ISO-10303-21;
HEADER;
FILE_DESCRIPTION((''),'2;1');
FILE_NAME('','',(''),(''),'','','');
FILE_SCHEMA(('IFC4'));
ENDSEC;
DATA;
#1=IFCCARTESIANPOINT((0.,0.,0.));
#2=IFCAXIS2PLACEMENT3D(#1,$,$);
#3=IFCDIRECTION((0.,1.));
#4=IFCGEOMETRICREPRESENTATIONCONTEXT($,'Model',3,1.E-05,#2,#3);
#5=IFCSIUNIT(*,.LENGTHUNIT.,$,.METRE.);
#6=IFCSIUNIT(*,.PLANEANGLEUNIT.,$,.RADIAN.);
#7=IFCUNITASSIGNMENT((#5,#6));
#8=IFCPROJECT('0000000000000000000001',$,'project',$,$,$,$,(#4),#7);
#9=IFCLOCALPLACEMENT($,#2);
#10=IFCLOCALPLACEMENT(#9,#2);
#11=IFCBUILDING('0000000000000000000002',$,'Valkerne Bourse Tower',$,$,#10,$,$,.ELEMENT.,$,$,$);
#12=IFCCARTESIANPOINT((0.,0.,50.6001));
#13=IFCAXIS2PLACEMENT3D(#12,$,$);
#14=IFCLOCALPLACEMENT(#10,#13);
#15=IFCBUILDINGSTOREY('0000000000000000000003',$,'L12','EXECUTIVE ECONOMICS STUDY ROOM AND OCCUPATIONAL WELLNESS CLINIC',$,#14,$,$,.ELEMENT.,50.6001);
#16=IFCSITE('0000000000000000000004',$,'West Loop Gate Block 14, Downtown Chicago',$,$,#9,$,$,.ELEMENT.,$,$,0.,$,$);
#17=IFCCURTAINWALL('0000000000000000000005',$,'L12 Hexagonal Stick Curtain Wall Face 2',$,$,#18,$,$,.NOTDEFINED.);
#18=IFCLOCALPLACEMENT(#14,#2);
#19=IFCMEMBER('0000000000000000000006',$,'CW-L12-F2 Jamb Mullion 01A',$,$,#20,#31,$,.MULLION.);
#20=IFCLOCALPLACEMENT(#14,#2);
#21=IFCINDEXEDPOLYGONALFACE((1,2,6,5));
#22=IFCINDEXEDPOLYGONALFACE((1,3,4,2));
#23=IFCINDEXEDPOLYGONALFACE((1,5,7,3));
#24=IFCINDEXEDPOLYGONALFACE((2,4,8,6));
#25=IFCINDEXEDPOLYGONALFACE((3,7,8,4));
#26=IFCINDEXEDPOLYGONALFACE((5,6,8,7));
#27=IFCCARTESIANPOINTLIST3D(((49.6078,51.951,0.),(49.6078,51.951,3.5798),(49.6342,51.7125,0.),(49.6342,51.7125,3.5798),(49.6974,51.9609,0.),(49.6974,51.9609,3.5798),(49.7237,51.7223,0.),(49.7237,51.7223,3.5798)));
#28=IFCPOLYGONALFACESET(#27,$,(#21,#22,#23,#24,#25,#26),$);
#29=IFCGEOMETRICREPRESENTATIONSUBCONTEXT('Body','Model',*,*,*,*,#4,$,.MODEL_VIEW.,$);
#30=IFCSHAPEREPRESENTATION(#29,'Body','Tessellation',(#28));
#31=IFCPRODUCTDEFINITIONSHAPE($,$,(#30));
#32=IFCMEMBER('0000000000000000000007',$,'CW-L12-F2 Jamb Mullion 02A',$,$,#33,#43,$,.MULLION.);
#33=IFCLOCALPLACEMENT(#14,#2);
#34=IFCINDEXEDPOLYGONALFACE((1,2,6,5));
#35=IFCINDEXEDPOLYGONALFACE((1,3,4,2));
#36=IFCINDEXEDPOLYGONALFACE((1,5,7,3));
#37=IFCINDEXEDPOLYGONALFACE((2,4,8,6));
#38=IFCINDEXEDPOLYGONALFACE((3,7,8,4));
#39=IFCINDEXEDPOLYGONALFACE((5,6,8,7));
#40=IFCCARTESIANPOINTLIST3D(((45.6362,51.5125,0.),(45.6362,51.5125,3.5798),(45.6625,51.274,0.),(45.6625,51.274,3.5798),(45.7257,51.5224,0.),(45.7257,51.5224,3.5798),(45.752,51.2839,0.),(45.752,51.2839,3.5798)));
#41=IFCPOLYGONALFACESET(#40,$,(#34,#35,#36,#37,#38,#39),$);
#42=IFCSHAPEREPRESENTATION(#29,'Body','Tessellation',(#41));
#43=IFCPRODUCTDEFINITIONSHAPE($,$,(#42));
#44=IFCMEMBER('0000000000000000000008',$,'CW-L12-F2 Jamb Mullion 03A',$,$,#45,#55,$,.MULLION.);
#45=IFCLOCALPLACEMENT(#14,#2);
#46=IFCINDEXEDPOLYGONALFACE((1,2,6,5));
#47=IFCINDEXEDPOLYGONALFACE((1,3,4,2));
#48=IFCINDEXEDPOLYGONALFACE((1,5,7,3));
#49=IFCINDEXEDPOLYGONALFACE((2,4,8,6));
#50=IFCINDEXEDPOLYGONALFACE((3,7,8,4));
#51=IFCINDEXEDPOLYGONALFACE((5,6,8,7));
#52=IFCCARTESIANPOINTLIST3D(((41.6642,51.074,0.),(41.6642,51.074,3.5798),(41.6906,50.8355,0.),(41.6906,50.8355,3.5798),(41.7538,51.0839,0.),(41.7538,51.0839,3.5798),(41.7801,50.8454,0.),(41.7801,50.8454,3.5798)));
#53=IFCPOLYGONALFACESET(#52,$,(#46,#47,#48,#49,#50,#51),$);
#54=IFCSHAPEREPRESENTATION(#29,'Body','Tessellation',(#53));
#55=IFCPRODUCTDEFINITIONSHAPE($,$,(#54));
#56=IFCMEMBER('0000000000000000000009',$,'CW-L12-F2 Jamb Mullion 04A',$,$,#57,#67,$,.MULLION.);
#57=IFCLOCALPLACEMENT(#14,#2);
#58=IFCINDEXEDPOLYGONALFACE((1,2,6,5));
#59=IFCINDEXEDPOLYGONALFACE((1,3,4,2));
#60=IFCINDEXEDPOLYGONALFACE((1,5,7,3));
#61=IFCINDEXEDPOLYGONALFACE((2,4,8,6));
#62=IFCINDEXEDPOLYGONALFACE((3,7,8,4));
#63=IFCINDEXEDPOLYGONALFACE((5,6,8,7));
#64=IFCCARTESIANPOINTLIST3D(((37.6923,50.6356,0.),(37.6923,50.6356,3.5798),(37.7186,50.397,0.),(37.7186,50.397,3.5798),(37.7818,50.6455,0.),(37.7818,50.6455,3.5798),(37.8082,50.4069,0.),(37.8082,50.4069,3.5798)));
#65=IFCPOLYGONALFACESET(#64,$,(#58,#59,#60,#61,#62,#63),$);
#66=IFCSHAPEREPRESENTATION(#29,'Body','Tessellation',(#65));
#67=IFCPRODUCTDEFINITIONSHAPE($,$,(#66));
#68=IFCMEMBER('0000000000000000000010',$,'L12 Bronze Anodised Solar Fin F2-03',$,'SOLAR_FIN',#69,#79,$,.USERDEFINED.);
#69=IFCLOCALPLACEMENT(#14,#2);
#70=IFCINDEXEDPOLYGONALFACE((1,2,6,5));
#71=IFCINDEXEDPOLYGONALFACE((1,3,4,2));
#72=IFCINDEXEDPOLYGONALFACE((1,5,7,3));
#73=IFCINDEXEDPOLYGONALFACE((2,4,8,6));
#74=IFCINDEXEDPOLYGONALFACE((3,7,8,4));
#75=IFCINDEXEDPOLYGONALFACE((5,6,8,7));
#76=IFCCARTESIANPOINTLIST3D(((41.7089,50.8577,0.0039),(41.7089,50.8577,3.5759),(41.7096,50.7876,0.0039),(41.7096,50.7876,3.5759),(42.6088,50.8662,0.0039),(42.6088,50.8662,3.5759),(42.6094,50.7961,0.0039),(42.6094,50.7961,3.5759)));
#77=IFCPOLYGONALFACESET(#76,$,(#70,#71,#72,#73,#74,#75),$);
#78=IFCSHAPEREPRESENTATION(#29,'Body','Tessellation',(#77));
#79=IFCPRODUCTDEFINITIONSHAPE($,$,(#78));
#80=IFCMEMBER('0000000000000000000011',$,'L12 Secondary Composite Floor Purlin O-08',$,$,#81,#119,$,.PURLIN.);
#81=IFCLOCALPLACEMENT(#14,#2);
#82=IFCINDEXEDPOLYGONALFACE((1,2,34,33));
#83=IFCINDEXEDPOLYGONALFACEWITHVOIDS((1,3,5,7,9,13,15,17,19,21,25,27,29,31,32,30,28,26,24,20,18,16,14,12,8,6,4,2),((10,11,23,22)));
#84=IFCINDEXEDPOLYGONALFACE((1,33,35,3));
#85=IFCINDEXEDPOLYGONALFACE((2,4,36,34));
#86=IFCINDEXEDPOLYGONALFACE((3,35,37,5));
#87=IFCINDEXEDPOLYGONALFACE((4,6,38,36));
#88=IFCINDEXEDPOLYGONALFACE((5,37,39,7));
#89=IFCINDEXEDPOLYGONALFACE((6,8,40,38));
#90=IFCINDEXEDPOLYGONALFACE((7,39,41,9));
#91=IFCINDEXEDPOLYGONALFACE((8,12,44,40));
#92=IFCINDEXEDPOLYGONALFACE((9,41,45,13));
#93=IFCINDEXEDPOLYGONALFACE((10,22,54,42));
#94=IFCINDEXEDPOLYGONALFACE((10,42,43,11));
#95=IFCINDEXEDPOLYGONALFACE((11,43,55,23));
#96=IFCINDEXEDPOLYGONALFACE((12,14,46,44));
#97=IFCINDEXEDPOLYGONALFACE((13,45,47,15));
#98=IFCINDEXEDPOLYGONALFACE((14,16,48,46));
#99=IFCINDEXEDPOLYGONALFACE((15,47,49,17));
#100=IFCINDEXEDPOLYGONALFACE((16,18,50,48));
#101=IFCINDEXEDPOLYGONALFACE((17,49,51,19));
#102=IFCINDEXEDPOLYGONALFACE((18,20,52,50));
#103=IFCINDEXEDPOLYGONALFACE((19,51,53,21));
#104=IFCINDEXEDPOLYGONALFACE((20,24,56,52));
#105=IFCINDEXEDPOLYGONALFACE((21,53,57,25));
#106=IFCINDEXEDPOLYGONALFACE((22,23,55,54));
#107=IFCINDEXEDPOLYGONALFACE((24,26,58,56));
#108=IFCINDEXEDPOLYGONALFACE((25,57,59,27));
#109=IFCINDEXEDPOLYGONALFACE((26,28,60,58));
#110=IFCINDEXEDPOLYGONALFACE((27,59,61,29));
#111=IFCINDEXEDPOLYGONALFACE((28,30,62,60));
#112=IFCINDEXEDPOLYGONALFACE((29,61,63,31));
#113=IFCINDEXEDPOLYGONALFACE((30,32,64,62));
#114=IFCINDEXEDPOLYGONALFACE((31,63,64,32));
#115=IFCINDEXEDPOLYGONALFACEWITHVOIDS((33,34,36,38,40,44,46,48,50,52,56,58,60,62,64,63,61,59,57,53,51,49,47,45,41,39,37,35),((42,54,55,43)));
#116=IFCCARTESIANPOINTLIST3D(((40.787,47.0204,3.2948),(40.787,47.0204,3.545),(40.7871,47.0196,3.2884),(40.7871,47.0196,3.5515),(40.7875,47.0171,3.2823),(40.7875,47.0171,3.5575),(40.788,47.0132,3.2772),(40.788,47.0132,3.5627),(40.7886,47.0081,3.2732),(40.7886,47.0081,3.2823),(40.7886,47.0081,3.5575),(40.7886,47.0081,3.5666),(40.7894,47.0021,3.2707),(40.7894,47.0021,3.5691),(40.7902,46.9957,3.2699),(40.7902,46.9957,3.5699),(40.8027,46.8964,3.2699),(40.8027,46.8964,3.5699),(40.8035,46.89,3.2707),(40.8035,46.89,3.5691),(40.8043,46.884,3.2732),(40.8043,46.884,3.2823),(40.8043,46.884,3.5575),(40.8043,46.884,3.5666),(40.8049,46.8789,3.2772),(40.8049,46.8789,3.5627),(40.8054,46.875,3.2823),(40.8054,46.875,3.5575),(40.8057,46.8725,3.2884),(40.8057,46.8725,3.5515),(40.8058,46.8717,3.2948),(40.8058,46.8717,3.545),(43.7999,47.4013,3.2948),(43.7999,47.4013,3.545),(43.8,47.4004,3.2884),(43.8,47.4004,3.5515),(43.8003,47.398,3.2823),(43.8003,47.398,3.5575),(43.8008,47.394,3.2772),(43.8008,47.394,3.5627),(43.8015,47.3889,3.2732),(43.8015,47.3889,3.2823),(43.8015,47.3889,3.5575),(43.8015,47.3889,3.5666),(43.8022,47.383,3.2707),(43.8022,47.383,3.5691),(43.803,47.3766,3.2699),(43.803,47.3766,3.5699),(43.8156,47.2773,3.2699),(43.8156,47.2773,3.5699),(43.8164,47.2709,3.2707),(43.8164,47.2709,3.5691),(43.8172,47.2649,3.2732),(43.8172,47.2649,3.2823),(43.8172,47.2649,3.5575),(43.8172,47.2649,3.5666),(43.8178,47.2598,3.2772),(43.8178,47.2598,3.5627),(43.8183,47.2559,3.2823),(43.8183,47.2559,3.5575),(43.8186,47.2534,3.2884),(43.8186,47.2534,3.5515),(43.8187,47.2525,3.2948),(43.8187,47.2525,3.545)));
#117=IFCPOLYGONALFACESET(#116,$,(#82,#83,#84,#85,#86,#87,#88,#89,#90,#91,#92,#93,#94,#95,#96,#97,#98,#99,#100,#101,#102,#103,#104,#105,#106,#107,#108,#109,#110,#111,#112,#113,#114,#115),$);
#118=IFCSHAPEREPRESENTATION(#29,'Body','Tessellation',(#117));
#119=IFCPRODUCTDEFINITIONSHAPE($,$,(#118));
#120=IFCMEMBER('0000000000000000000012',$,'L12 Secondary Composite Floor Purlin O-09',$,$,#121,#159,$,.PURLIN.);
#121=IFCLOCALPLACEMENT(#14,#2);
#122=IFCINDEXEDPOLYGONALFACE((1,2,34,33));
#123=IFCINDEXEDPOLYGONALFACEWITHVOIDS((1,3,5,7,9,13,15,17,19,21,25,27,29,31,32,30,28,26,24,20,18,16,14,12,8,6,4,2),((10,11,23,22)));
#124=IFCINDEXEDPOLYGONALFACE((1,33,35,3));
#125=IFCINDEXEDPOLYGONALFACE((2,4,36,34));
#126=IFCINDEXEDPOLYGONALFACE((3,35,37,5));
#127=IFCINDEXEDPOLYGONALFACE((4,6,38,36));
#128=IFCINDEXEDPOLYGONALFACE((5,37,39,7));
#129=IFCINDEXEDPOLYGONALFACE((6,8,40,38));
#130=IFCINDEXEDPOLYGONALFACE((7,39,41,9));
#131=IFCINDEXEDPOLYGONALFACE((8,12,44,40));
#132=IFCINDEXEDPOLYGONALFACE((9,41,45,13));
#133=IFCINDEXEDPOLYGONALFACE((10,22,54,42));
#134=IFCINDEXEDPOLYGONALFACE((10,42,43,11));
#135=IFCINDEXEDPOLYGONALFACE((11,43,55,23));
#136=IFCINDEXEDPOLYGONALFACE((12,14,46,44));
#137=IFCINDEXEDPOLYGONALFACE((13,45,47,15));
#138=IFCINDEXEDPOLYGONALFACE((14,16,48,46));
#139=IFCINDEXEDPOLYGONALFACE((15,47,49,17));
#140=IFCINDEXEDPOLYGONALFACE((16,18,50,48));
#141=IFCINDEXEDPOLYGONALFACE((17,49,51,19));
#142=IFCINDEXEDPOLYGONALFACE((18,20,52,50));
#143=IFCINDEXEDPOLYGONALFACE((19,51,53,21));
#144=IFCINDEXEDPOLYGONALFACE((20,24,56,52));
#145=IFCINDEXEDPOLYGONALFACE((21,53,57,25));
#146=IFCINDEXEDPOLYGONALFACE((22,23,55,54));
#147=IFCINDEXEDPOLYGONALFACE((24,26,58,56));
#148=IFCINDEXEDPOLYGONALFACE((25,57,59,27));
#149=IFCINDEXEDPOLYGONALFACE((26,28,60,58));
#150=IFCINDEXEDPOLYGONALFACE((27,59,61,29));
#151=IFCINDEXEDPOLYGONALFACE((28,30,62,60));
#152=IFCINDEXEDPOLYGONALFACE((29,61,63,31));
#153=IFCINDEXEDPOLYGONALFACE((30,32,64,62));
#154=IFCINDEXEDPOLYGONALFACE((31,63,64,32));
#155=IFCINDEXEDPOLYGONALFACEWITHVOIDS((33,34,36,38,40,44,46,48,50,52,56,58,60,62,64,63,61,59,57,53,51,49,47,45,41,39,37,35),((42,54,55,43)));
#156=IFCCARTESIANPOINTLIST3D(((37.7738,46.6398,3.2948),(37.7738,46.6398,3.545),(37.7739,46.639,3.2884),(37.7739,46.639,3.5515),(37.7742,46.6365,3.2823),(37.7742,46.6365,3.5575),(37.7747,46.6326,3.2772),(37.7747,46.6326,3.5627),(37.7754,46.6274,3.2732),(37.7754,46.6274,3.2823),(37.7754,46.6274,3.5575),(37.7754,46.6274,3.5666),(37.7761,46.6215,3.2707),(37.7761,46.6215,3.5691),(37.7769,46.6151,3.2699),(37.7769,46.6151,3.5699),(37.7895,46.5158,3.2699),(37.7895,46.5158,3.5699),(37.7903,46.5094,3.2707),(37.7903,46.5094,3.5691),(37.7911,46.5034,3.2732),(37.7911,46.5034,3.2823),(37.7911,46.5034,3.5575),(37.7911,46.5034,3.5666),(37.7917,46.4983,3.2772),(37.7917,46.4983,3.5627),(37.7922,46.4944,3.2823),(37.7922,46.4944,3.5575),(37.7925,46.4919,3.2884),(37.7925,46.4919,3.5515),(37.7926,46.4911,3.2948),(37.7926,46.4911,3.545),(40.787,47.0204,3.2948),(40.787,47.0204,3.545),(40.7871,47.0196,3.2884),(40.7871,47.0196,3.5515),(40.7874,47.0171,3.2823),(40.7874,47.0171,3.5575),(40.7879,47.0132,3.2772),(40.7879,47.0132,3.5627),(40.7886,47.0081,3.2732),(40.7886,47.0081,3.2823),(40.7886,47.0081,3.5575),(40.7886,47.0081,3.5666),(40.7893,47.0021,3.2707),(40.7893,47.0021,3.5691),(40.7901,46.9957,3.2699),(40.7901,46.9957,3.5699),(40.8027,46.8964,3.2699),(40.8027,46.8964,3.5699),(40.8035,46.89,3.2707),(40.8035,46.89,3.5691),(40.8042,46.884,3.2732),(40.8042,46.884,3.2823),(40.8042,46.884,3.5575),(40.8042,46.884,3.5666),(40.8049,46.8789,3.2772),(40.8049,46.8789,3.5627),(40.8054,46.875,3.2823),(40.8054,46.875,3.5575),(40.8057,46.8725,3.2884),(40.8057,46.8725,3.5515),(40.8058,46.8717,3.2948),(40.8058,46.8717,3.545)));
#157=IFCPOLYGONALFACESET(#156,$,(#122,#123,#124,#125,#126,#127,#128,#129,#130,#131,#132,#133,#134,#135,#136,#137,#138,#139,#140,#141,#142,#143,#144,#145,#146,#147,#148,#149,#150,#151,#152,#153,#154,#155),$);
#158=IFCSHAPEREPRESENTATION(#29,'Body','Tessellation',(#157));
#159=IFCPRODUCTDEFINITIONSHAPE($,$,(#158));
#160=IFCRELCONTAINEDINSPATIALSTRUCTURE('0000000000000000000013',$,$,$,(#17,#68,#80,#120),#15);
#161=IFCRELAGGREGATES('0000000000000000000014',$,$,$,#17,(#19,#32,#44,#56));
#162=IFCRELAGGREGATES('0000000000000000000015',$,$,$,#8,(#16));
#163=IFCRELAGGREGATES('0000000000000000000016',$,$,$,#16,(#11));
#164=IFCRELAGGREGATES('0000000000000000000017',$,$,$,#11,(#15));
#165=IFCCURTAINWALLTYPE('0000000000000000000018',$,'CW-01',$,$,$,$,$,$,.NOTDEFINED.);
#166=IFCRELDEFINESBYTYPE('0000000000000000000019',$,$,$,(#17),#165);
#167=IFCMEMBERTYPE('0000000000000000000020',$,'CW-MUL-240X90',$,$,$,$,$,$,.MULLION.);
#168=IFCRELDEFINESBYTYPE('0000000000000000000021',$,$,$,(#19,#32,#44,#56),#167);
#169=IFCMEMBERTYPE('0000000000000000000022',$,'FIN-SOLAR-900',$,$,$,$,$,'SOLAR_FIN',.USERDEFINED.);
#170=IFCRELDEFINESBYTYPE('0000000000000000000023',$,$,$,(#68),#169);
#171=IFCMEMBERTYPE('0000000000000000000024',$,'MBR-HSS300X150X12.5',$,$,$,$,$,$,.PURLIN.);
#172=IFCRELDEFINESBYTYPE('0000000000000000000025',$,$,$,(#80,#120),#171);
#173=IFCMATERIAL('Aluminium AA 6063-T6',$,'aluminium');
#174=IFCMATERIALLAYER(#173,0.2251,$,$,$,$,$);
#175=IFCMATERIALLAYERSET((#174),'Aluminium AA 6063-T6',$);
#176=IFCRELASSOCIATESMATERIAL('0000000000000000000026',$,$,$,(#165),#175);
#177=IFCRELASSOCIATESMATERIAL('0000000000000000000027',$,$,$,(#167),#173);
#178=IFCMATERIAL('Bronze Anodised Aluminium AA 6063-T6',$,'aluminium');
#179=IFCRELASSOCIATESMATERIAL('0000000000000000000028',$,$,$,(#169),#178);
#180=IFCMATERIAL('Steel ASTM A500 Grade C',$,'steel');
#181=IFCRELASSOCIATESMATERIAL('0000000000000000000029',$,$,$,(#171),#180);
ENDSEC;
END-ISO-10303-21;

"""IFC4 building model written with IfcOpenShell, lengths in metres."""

from ifc_helpers import new_model, si_unit, direction, frame, origin, origin_2d, place, context, subcontext, project, spatial, rectangle, hollow_rectangle, extrude, material, layer, layer_set, material_profile, profile_set, type_object, element, aggregate, save


model = new_model("IFC4")

# Units and contexts
model_context = context("Model", 3, precision=1e-05, world=origin(), true_north=direction((0.0, 1.0)))
body_context = subcontext(model_context, "Body", "Model", "MODEL_VIEW")
ifc_project = project(units=[si_unit("LENGTHUNIT", "METRE"), si_unit("PLANEANGLEUNIT", "RADIAN")], contexts=[model_context])

# Site, building, storey
site_placement = place(None, origin())
site = spatial("IfcSite", under=ifc_project, at=site_placement, Name="West Loop Gate Block 14, Downtown Chicago", CompositionType="ELEMENT", RefElevation=0.0)
building_placement = place(site_placement, origin())
building = spatial("IfcBuilding", under=site, at=building_placement, Name="Valkerne Bourse Tower", CompositionType="ELEMENT")
storey_placement = place(building_placement, frame((0.0, 0.0, 50.6001)))
storey = spatial("IfcBuildingStorey", under=building, at=storey_placement, Name="L12", Description="EXECUTIVE ECONOMICS STUDY ROOM AND OCCUPATIONAL WELLNESS CLINIC", CompositionType="ELEMENT", Elevation=50.6001)

# Curtain wall, members
ifc_material_1 = material(Name="Aluminium AA 6063-T6", Category="aluminium")
ifc_layer_1 = layer(ifc_material_1, 0.2251)
ifc_layer_set_1 = layer_set([ifc_layer_1], Name="Aluminium AA 6063-T6")
curtain_wall_type = type_object("IfcCurtainWallType", Name="CW-01", PredefinedType="NOTDEFINED", material=ifc_layer_set_1)
curtain_wall_placement = place(storey_placement, origin())
curtain_wall = element("IfcCurtainWall", 1, at=curtain_wall_placement, inside=storey, type_object=curtain_wall_type, Name="L12 Hexagonal Stick Curtain Wall Face 2", PredefinedType="NOTDEFINED")
ifc_material_profile_1 = material_profile(ifc_material_1, rectangle(XDim=0.0901, YDim=0.24, at=origin_2d()), Name="CWM-90X240")
ifc_profile_set_1 = profile_set([ifc_material_profile_1], Name="Aluminium AA 6063-T6")
member_type_1 = type_object("IfcMemberType", Name="CW-MUL-240X90", PredefinedType="MULLION", material=ifc_profile_set_1)
member_1_placement = place(storey_placement, frame((49.6658, 51.8367, 0.0), z_axis=(0.0, 0.0, 1.0), x_axis=(-0.993961, -0.109737, 0.0)))
member_1 = element("IfcMember", 2, at=member_1_placement, type_object=member_type_1, Name="CW-L12-F2 Jamb Mullion 01A", PredefinedType="MULLION", context=body_context, shape_type="SweptSolid", body=[
    extrude(rectangle(XDim=0.0901, YDim=0.24, at=origin_2d()), origin(), (0.0, 0.0, 1.0), 3.5798),
])
member_2_placement = place(storey_placement, frame((45.6941, 51.3982, 0.0), z_axis=(0.0, 0.0, 1.0), x_axis=(-0.993961, -0.109734, 0.0)))
member_2 = element("IfcMember", 3, at=member_2_placement, type_object=member_type_1, Name="CW-L12-F2 Jamb Mullion 02A", PredefinedType="MULLION", context=body_context, shape_type="SweptSolid", body=[
    extrude(rectangle(XDim=0.0901, YDim=0.24, at=origin_2d()), origin(), (0.0, 0.0, 1.0), 3.5798),
])
member_3_placement = place(storey_placement, frame((41.7222, 50.9597, 0.0), z_axis=(0.0, 0.0, 1.0), x_axis=(-0.993961, -0.109734, 0.0)))
member_3 = element("IfcMember", 4, at=member_3_placement, type_object=member_type_1, Name="CW-L12-F2 Jamb Mullion 03A", PredefinedType="MULLION", context=body_context, shape_type="SweptSolid", body=[
    extrude(rectangle(XDim=0.0901, YDim=0.24, at=origin_2d()), origin(), (0.0, 0.0, 1.0), 3.5798),
])
member_4_placement = place(storey_placement, frame((37.7502, 50.5212, 0.0), z_axis=(0.0, 0.0, 1.0), x_axis=(-0.993961, -0.109737, 0.0)))
member_4 = element("IfcMember", 5, at=member_4_placement, type_object=member_type_1, Name="CW-L12-F2 Jamb Mullion 04A", PredefinedType="MULLION", context=body_context, shape_type="SweptSolid", body=[
    extrude(rectangle(XDim=0.0901, YDim=0.24, at=origin_2d()), origin(), (0.0, 0.0, 1.0), 3.5798),
])

# Members
ifc_material_2 = material(Name="Bronze Anodised Aluminium AA 6063-T6", Category="aluminium")
ifc_material_profile_2 = material_profile(ifc_material_2, rectangle(XDim=0.0701, YDim=0.8999, at=origin_2d()), Name="FIN-70X900")
ifc_profile_set_2 = profile_set([ifc_material_profile_2], Name="Bronze Anodised Aluminium AA 6063-T6")
member_type_2 = type_object("IfcMemberType", Name="FIN-SOLAR-900", ElementType="SOLAR_FIN", PredefinedType="USERDEFINED", material=ifc_profile_set_2)
member_5_placement = place(storey_placement, frame((42.1592, 50.8269, 0.0039), z_axis=(0.0, 0.0, 1.0), x_axis=(-0.009403, 0.999956, 0.0)))
element("IfcMember", 6, at=member_5_placement, inside=storey, type_object=member_type_2, Name="L12 Bronze Anodised Solar Fin F2-03", ObjectType="SOLAR_FIN", PredefinedType="USERDEFINED", context=body_context, shape_type="SweptSolid", body=[
    extrude(rectangle(XDim=0.0701, YDim=0.8999, at=origin_2d()), origin(), (0.0, 0.0, 1.0), 3.572),
])
ifc_material_3 = material(Name="Steel ASTM A500 Grade C", Category="steel")
ifc_material_profile_3 = material_profile(ifc_material_3, hollow_rectangle(XDim=0.1499, YDim=0.3, WallThickness=0.0125, OuterFilletRadius=0.0249, at=origin_2d()), Name="HSS300X150X12.5")
ifc_profile_set_3 = profile_set([ifc_material_profile_3], Name="Steel ASTM A500 Grade C")
member_type_3 = type_object("IfcMemberType", Name="MBR-HSS300X150X12.5", PredefinedType="PURLIN", material=ifc_profile_set_3)
member_6_placement = place(storey_placement, frame((43.8093, 47.3269, 3.4199), z_axis=(-0.992105, -0.12541, 0.0), x_axis=(0.12541, -0.992105, 0.0)))
element("IfcMember", 7, at=member_6_placement, inside=storey, type_object=member_type_3, Name="L12 Secondary Composite Floor Purlin O-08", PredefinedType="PURLIN", context=body_context, shape_type="SweptSolid", body=[
    extrude(hollow_rectangle(XDim=0.1499, YDim=0.3, WallThickness=0.0125, OuterFilletRadius=0.0249, at=origin_2d()), origin(), (0.0, 0.0, 1.0), 3.0369),
])
member_7_placement = place(storey_placement, frame((40.7964, 46.946, 3.4199), z_axis=(-0.992116, -0.125321, 0.0), x_axis=(0.125321, -0.992116, 0.0)))
element("IfcMember", 8, at=member_7_placement, inside=storey, type_object=member_type_3, Name="L12 Secondary Composite Floor Purlin O-09", PredefinedType="PURLIN", context=body_context, shape_type="SweptSolid", body=[
    extrude(hollow_rectangle(XDim=0.1499, YDim=0.3, WallThickness=0.0125, OuterFilletRadius=0.0249, at=origin_2d()), origin(), (0.0, 0.0, 1.0), 3.0371),
])

aggregate(curtain_wall, [member_1, member_2, member_3, member_4])

save(model, "model.ifc")
